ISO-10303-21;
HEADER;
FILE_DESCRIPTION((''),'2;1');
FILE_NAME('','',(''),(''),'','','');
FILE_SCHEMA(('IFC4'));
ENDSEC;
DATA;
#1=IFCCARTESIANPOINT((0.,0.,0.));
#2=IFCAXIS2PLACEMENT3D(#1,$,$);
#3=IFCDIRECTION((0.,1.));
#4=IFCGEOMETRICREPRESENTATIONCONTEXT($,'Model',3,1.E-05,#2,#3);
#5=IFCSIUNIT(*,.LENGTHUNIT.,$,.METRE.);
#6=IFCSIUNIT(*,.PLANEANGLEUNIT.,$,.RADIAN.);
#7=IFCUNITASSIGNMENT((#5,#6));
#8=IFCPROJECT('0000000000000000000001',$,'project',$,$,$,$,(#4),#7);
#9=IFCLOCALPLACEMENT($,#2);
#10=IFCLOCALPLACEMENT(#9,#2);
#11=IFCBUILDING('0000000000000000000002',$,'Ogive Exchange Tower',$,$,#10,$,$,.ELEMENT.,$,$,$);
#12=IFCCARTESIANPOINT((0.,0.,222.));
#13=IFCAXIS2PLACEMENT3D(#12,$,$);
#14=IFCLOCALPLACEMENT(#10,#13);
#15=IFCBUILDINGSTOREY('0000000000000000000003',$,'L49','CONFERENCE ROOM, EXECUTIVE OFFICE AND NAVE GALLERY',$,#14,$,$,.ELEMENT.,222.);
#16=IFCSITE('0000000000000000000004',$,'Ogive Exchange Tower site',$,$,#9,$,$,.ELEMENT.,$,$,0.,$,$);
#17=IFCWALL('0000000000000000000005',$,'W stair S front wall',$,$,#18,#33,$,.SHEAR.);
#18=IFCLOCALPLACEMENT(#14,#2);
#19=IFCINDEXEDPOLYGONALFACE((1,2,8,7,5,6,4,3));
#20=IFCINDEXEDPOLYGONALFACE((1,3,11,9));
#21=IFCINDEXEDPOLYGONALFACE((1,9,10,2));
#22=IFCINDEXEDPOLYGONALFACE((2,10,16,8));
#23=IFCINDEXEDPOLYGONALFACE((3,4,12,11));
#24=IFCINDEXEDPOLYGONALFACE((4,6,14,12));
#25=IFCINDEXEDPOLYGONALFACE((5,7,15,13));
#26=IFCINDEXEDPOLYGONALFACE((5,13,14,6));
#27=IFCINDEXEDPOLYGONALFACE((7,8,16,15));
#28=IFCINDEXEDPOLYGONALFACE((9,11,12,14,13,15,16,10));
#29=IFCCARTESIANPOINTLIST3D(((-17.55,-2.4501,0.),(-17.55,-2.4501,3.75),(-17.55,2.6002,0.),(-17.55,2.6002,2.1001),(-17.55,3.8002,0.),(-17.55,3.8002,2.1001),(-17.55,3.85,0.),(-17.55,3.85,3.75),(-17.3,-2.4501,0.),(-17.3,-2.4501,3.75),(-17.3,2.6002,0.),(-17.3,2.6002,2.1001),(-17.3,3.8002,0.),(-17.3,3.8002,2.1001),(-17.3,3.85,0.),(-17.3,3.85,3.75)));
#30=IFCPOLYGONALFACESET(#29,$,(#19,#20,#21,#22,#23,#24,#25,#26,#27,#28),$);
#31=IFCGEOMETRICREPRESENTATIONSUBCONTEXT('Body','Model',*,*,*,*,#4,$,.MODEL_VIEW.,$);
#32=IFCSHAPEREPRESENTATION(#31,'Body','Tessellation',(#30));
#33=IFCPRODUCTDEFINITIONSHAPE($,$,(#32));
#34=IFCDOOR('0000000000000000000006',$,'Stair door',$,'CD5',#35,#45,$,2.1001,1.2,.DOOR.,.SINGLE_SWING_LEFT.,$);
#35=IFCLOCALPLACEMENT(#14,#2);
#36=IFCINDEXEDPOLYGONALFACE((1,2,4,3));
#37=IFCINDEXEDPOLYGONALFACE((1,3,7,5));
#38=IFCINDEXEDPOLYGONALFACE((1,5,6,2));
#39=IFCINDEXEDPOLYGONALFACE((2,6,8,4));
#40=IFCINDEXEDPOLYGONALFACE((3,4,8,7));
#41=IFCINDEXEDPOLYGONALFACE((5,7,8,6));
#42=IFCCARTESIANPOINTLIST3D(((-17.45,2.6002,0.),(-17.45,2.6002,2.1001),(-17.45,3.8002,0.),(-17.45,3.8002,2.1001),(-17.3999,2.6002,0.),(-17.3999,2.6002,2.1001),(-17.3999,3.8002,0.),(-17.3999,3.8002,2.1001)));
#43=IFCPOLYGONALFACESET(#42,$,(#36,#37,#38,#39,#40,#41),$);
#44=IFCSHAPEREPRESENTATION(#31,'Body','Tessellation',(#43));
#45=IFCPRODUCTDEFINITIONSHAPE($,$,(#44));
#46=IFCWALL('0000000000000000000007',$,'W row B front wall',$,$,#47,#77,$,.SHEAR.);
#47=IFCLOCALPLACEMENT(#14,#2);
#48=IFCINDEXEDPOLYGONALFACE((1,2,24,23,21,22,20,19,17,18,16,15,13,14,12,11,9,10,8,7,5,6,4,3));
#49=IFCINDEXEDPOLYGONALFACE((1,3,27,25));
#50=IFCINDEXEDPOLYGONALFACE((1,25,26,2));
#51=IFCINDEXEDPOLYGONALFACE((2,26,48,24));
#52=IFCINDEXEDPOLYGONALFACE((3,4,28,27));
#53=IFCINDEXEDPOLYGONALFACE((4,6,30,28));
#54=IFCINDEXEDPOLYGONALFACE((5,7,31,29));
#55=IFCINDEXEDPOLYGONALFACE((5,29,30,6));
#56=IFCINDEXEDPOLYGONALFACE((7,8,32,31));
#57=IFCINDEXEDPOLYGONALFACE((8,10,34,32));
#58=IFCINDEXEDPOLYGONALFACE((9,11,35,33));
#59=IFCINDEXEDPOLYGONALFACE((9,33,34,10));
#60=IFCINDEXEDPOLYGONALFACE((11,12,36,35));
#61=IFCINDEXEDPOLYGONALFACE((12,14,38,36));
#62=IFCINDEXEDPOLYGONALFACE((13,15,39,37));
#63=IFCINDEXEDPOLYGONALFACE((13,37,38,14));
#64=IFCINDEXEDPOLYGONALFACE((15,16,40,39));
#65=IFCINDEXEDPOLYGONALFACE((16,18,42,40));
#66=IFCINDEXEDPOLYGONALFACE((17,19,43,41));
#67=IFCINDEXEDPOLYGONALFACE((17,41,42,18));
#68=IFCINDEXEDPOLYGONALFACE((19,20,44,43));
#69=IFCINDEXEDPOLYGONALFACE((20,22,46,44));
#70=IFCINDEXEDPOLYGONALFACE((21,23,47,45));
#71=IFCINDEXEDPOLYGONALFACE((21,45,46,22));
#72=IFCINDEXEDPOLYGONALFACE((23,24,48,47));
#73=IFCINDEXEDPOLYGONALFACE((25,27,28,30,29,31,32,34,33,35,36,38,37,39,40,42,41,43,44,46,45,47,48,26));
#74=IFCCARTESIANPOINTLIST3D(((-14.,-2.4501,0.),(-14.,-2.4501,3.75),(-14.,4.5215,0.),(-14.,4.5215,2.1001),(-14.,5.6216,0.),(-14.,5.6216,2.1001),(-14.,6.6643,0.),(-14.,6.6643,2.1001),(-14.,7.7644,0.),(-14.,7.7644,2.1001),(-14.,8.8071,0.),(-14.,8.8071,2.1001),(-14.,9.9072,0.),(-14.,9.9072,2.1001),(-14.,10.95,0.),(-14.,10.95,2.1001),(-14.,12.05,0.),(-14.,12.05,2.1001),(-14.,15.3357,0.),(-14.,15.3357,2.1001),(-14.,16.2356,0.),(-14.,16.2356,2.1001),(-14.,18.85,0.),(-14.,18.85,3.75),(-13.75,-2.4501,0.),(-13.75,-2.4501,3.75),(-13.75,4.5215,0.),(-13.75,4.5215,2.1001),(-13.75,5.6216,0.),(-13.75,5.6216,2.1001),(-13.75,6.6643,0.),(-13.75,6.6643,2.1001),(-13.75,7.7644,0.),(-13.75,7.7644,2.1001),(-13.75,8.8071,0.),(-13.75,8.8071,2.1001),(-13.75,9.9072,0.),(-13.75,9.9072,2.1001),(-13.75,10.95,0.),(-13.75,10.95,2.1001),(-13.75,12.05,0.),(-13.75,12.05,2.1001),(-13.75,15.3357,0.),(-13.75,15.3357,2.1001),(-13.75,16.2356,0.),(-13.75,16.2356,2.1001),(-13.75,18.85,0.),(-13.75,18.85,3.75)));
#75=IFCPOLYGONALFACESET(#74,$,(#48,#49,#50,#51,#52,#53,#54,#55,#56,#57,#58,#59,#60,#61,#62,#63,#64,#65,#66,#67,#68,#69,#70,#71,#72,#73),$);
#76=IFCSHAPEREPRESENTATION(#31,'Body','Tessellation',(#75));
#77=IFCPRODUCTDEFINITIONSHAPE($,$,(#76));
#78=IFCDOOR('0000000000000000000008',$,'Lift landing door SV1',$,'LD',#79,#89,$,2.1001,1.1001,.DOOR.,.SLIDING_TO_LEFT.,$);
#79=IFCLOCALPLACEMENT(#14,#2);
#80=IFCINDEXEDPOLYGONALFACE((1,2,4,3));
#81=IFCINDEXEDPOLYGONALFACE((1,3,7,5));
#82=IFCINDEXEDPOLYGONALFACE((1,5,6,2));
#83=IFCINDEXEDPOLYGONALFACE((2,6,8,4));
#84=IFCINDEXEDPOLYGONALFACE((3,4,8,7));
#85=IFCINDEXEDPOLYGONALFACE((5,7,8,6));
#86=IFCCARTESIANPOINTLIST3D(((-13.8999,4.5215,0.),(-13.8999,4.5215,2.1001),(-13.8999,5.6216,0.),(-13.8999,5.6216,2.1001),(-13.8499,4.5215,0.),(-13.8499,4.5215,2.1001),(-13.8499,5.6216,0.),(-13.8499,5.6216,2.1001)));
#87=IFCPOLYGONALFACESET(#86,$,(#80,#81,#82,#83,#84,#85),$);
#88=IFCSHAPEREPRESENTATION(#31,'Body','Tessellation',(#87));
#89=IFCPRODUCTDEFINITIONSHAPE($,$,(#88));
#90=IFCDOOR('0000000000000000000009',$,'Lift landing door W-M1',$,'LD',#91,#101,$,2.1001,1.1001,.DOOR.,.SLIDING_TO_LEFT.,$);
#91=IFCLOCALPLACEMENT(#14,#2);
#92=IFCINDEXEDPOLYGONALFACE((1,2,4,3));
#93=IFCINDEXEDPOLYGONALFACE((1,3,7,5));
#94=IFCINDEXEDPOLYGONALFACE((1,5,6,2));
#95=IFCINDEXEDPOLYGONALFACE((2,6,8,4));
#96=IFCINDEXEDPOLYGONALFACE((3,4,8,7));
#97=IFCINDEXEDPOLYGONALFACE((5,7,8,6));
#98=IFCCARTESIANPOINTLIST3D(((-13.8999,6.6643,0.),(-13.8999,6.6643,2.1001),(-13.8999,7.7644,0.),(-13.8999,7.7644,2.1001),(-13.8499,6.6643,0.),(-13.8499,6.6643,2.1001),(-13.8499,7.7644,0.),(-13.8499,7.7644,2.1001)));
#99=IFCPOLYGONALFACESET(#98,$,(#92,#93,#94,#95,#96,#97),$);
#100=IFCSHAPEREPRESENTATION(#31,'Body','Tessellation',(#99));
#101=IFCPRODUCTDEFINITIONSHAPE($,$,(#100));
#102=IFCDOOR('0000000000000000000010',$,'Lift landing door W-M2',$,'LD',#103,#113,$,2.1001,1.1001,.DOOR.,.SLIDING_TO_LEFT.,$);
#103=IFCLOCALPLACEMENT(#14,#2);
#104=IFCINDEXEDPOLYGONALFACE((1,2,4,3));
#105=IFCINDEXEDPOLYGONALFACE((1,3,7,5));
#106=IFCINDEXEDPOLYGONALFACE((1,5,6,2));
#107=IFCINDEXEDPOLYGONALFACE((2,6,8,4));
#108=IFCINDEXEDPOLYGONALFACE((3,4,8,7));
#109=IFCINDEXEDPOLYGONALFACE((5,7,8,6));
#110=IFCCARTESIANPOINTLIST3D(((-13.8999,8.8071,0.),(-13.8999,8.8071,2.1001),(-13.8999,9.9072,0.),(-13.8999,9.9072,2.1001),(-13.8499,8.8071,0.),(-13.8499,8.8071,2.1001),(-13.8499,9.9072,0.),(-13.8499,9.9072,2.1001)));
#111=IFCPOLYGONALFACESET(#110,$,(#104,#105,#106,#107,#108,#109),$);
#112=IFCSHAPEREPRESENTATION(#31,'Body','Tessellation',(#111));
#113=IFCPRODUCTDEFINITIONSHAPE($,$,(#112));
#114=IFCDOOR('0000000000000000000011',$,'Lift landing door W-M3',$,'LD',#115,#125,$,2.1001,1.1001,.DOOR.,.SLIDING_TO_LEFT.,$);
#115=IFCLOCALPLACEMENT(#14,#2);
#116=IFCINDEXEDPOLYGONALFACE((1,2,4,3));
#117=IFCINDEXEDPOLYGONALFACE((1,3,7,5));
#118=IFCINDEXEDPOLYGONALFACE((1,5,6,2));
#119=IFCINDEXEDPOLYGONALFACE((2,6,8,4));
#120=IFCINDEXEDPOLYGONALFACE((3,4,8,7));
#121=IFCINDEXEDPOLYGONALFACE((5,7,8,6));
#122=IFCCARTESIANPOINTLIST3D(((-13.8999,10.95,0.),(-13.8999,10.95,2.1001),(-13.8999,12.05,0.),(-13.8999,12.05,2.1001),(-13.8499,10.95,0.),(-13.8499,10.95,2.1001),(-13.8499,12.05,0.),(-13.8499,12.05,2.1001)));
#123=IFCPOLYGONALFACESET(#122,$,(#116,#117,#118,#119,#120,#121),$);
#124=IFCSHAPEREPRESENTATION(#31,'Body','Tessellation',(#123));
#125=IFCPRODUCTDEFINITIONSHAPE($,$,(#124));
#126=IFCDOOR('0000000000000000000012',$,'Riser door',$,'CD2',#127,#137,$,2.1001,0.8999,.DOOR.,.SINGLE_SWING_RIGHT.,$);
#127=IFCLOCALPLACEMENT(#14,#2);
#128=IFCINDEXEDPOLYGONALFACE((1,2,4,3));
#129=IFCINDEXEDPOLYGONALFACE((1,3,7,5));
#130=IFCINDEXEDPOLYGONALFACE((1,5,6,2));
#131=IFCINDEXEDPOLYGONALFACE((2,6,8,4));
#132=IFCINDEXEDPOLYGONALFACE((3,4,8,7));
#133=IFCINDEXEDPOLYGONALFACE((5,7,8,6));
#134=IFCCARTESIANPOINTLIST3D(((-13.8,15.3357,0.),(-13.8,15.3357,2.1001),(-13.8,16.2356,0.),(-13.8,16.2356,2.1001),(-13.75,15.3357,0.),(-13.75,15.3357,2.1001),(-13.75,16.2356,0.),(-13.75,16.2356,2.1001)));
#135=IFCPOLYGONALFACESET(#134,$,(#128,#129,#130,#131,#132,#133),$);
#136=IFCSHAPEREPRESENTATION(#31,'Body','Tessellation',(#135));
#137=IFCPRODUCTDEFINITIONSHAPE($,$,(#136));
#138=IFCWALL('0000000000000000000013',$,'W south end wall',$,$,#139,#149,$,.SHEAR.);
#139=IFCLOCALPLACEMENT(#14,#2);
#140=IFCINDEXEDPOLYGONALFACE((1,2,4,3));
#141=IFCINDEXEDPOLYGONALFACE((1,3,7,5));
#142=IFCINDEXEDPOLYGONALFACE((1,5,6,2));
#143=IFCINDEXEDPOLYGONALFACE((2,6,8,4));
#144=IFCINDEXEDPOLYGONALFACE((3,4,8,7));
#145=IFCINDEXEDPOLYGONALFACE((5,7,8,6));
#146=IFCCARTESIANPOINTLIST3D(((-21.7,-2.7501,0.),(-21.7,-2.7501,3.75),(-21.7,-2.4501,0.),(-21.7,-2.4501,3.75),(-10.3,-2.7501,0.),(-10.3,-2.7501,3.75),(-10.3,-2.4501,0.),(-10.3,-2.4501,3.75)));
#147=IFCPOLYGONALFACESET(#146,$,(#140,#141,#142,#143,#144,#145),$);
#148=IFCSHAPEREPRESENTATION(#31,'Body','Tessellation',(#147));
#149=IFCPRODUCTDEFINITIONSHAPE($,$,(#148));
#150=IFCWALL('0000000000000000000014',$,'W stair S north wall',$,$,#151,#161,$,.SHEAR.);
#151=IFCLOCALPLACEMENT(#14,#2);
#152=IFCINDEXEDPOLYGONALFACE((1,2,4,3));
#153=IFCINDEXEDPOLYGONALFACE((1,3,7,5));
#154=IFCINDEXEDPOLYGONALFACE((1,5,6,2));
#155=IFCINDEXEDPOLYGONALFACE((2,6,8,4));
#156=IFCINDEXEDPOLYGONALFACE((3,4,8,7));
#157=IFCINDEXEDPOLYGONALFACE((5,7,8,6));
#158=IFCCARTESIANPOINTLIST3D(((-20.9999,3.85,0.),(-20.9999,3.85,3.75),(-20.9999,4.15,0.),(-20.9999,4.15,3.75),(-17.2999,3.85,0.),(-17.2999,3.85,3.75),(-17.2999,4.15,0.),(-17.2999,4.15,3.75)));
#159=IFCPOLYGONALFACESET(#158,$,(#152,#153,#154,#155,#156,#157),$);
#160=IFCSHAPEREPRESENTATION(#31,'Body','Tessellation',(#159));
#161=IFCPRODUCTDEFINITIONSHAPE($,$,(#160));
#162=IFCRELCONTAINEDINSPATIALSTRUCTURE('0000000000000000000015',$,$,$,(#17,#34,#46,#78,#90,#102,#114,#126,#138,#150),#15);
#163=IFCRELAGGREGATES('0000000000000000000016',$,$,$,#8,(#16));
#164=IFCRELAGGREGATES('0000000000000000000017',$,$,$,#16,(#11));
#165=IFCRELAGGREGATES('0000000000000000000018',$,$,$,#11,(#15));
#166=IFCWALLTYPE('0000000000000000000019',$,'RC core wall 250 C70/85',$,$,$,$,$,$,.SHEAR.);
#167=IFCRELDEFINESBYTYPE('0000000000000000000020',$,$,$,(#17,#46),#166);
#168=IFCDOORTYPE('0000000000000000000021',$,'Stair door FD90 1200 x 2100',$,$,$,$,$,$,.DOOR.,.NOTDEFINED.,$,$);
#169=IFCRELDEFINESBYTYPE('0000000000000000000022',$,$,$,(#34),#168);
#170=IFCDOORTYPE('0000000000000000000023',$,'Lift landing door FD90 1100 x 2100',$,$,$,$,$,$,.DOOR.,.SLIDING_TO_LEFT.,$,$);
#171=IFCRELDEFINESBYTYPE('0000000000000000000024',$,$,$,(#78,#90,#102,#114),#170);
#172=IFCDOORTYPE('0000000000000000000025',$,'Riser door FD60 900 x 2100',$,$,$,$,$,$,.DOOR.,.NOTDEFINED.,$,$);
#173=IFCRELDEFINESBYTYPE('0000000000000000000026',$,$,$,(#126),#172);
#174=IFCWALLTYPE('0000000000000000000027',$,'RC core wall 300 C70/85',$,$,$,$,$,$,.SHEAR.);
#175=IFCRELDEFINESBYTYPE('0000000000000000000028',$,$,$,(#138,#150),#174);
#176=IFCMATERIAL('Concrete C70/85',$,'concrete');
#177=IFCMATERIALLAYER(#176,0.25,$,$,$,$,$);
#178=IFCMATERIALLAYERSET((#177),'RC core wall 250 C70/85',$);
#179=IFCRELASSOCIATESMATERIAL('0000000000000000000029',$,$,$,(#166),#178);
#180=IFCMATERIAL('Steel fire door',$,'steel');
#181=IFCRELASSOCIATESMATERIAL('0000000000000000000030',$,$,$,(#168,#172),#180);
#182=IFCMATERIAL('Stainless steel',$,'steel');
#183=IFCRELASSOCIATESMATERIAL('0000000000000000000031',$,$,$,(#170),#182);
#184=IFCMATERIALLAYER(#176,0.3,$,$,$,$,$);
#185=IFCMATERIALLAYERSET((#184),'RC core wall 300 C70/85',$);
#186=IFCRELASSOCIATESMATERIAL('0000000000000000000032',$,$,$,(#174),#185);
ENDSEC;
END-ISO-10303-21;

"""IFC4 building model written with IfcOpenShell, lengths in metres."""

from ifc_helpers import new_model, si_unit, direction, frame, frame_2d, origin, place, context, subcontext, project, spatial, rectangle, extrude, material, layer, layer_set, type_object, element, fill, save


model = new_model("IFC4")

# Units and contexts
model_context = context("Model", 3, precision=1e-05, world=origin(), true_north=direction((0.0, 1.0)))
body_context = subcontext(model_context, "Body", "Model", "MODEL_VIEW")
ifc_project = project(units=[si_unit("LENGTHUNIT", "METRE"), si_unit("PLANEANGLEUNIT", "RADIAN")], contexts=[model_context])

# Site, building, storey
site_placement = place(None, origin())
site = spatial("IfcSite", under=ifc_project, at=site_placement, Name="Ogive Exchange Tower site", CompositionType="ELEMENT", RefElevation=0.0)
building_placement = place(site_placement, origin())
building = spatial("IfcBuilding", under=site, at=building_placement, Name="Ogive Exchange Tower", CompositionType="ELEMENT")
storey_placement = place(building_placement, frame((0.0, 0.0, 222.0)))
storey = spatial("IfcBuildingStorey", under=building, at=storey_placement, Name="L49", Description="CONFERENCE ROOM, EXECUTIVE OFFICE AND NAVE GALLERY", CompositionType="ELEMENT", Elevation=222.0)

# Wall, opening, door
ifc_material_1 = material(Name="Concrete C70/85", Category="concrete")
ifc_layer_1 = layer(ifc_material_1, 0.25)
ifc_layer_set_1 = layer_set([ifc_layer_1], Name="RC core wall 250 C70/85")
wall_type_1 = type_object("IfcWallType", Name="RC core wall 250 C70/85", PredefinedType="SHEAR", material=ifc_layer_set_1)
wall_1_placement = place(storey_placement, frame((-17.425, -2.45, 0.0), z_axis=(0.0, 0.0, 1.0), x_axis=(0.0, 1.0, 0.0)))
wall_1 = element("IfcWall", 1, at=wall_1_placement, inside=storey, type_object=wall_type_1, Name="W stair S front wall", PredefinedType="SHEAR", context=body_context, shape_type="SweptSolid", body=[
    extrude(rectangle(XDim=6.3, YDim=0.25, at=frame_2d((3.1499, 0.0))), origin(), (0.0, 0.0, 1.0), 3.75),
])
opening_1_placement = place(wall_1_placement, frame((5.05, 0.0, 0.0)))
opening_1 = element("IfcOpeningElement", 2, at=opening_1_placement, cuts=wall_1, PredefinedType="OPENING", context=body_context, shape_type="SweptSolid", body=[
    extrude(rectangle(XDim=1.2, YDim=2.1001, at=frame_2d((0.6001, 1.05))), frame((0.0, 0.135, 0.0), z_axis=(0.0, -1.0, 0.0), x_axis=(1.0, 0.0, 0.0)), (0.0, 0.0, 1.0), 0.27),
])
ifc_material_2 = material(Name="Steel fire door", Category="steel")
door_type_1 = type_object("IfcDoorType", Name="Stair door FD90 1200 x 2100", OperationType="NOTDEFINED", PredefinedType="DOOR", material=ifc_material_2)
door_1_placement = place(opening_1_placement, origin())
door_1 = element("IfcDoor", 3, at=door_1_placement, inside=storey, type_object=door_type_1, Name="Stair door", ObjectType="CD5", OperationType="SINGLE_SWING_LEFT", OverallHeight=2.1001, OverallWidth=1.2, PredefinedType="DOOR", context=body_context, shape_type="SweptSolid", body=[
    extrude(rectangle(XDim=1.2, YDim=2.1001, at=frame_2d((0.6001, 1.05))), frame((0.0, 0.0249, 0.0), z_axis=(0.0, -1.0, 0.0), x_axis=(1.0, 0.0, 0.0)), (0.0, 0.0, 1.0), 0.05),
])
fill(opening_1, door_1)

# Wall, openings, doors
wall_2_placement = place(storey_placement, frame((-13.875, -2.45, 0.0), z_axis=(0.0, 0.0, 1.0), x_axis=(0.0, 1.0, 0.0)))
wall_2 = element("IfcWall", 4, at=wall_2_placement, inside=storey, type_object=wall_type_1, Name="W row B front wall", PredefinedType="SHEAR", context=body_context, shape_type="SweptSolid", body=[
    extrude(rectangle(XDim=21.3, YDim=0.25, at=frame_2d((10.6499, 0.0))), origin(), (0.0, 0.0, 1.0), 3.75),
])
opening_2_placement = place(wall_2_placement, frame((17.7856, 0.0, 0.0)))
opening_2 = element("IfcOpeningElement", 5, at=opening_2_placement, cuts=wall_2, PredefinedType="OPENING", context=body_context, shape_type="SweptSolid", body=[
    extrude(rectangle(XDim=0.8999, YDim=2.1001, at=frame_2d((0.45, 1.05))), frame((0.0, 0.135, 0.0), z_axis=(0.0, -1.0, 0.0), x_axis=(1.0, 0.0, 0.0)), (0.0, 0.0, 1.0), 0.27),
])
opening_3_placement = place(wall_2_placement, frame((6.9714, 0.0, 0.0)))
opening_3 = element("IfcOpeningElement", 6, at=opening_3_placement, cuts=wall_2, PredefinedType="OPENING", context=body_context, shape_type="SweptSolid", body=[
    extrude(rectangle(XDim=1.1001, YDim=2.1001, at=frame_2d((0.55, 1.05))), frame((0.0, 0.135, 0.0), z_axis=(0.0, -1.0, 0.0), x_axis=(1.0, 0.0, 0.0)), (0.0, 0.0, 1.0), 0.27),
])
opening_4_placement = place(wall_2_placement, frame((9.1143, 0.0, 0.0)))
opening_4 = element("IfcOpeningElement", 7, at=opening_4_placement, cuts=wall_2, PredefinedType="OPENING", context=body_context, shape_type="SweptSolid", body=[
    extrude(rectangle(XDim=1.1001, YDim=2.1001, at=frame_2d((0.55, 1.05))), frame((0.0, 0.135, 0.0), z_axis=(0.0, -1.0, 0.0), x_axis=(1.0, 0.0, 0.0)), (0.0, 0.0, 1.0), 0.27),
])
opening_5_placement = place(wall_2_placement, frame((11.2571, 0.0, 0.0)))
opening_5 = element("IfcOpeningElement", 8, at=opening_5_placement, cuts=wall_2, PredefinedType="OPENING", context=body_context, shape_type="SweptSolid", body=[
    extrude(rectangle(XDim=1.1001, YDim=2.1001, at=frame_2d((0.55, 1.05))), frame((0.0, 0.135, 0.0), z_axis=(0.0, -1.0, 0.0), x_axis=(1.0, 0.0, 0.0)), (0.0, 0.0, 1.0), 0.27),
])
opening_6_placement = place(wall_2_placement, frame((13.3999, 0.0, 0.0)))
opening_6 = element("IfcOpeningElement", 9, at=opening_6_placement, cuts=wall_2, PredefinedType="OPENING", context=body_context, shape_type="SweptSolid", body=[
    extrude(rectangle(XDim=1.1001, YDim=2.1001, at=frame_2d((0.55, 1.05))), frame((0.0, 0.135, 0.0), z_axis=(0.0, -1.0, 0.0), x_axis=(1.0, 0.0, 0.0)), (0.0, 0.0, 1.0), 0.27),
])
ifc_material_3 = material(Name="Stainless steel", Category="steel")
door_type_2 = type_object("IfcDoorType", Name="Lift landing door FD90 1100 x 2100", OperationType="SLIDING_TO_LEFT", PredefinedType="DOOR", material=ifc_material_3)
door_2_placement = place(opening_3_placement, origin())
door_2 = element("IfcDoor", 10, at=door_2_placement, inside=storey, type_object=door_type_2, Name="Lift landing door SV1", ObjectType="LD", OperationType="SLIDING_TO_LEFT", OverallHeight=2.1001, OverallWidth=1.1001, PredefinedType="DOOR", context=body_context, shape_type="SweptSolid", body=[
    extrude(rectangle(XDim=1.1001, YDim=2.1001, at=frame_2d((0.55, 1.05))), frame((0.0, 0.0249, 0.0), z_axis=(0.0, -1.0, 0.0), x_axis=(1.0, 0.0, 0.0)), (0.0, 0.0, 1.0), 0.05),
])
fill(opening_3, door_2)
door_3_placement = place(opening_4_placement, origin())
door_3 = element("IfcDoor", 11, at=door_3_placement, inside=storey, type_object=door_type_2, Name="Lift landing door W-M1", ObjectType="LD", OperationType="SLIDING_TO_LEFT", OverallHeight=2.1001, OverallWidth=1.1001, PredefinedType="DOOR", context=body_context, shape_type="SweptSolid", body=[
    extrude(rectangle(XDim=1.1001, YDim=2.1001, at=frame_2d((0.55, 1.05))), frame((0.0, 0.0249, 0.0), z_axis=(0.0, -1.0, 0.0), x_axis=(1.0, 0.0, 0.0)), (0.0, 0.0, 1.0), 0.05),
])
fill(opening_4, door_3)
door_4_placement = place(opening_5_placement, origin())
door_4 = element("IfcDoor", 12, at=door_4_placement, inside=storey, type_object=door_type_2, Name="Lift landing door W-M2", ObjectType="LD", OperationType="SLIDING_TO_LEFT", OverallHeight=2.1001, OverallWidth=1.1001, PredefinedType="DOOR", context=body_context, shape_type="SweptSolid", body=[
    extrude(rectangle(XDim=1.1001, YDim=2.1001, at=frame_2d((0.55, 1.05))), frame((0.0, 0.0249, 0.0), z_axis=(0.0, -1.0, 0.0), x_axis=(1.0, 0.0, 0.0)), (0.0, 0.0, 1.0), 0.05),
])
fill(opening_5, door_4)
door_5_placement = place(opening_6_placement, origin())
door_5 = element("IfcDoor", 13, at=door_5_placement, inside=storey, type_object=door_type_2, Name="Lift landing door W-M3", ObjectType="LD", OperationType="SLIDING_TO_LEFT", OverallHeight=2.1001, OverallWidth=1.1001, PredefinedType="DOOR", context=body_context, shape_type="SweptSolid", body=[
    extrude(rectangle(XDim=1.1001, YDim=2.1001, at=frame_2d((0.55, 1.05))), frame((0.0, 0.0249, 0.0), z_axis=(0.0, -1.0, 0.0), x_axis=(1.0, 0.0, 0.0)), (0.0, 0.0, 1.0), 0.05),
])
fill(opening_6, door_5)
door_type_3 = type_object("IfcDoorType", Name="Riser door FD60 900 x 2100", OperationType="NOTDEFINED", PredefinedType="DOOR", material=ifc_material_2)
door_6_placement = place(opening_2_placement, frame((0.8999, -0.2002, 0.0), z_axis=(0.0, 0.0, 1.0), x_axis=(-1.0, 0.0, 0.0)))
door_6 = element("IfcDoor", 14, at=door_6_placement, inside=storey, type_object=door_type_3, Name="Riser door", ObjectType="CD2", OperationType="SINGLE_SWING_RIGHT", OverallHeight=2.1001, OverallWidth=0.8999, PredefinedType="DOOR", context=body_context, shape_type="SweptSolid", body=[
    extrude(rectangle(XDim=0.8999, YDim=2.1001, at=frame_2d((0.45, 1.05))), frame((0.0, -0.0752, 0.0), z_axis=(0.0, -1.0, 0.0), x_axis=(1.0, 0.0, 0.0)), (0.0, 0.0, 1.0), 0.05),
])
fill(opening_2, door_6)

# Walls
ifc_layer_2 = layer(ifc_material_1, 0.3)
ifc_layer_set_2 = layer_set([ifc_layer_2], Name="RC core wall 300 C70/85")
wall_type_2 = type_object("IfcWallType", Name="RC core wall 300 C70/85", PredefinedType="SHEAR", material=ifc_layer_set_2)
wall_3_placement = place(storey_placement, frame((-21.7, -2.6001, 0.0), z_axis=(0.0, 0.0, 1.0), x_axis=(1.0, 0.0, 0.0)))
element("IfcWall", 15, at=wall_3_placement, inside=storey, type_object=wall_type_2, Name="W south end wall", PredefinedType="SHEAR", context=body_context, shape_type="SweptSolid", body=[
    extrude(rectangle(XDim=11.3999, YDim=0.3, at=frame_2d((5.7, 0.0))), origin(), (0.0, 0.0, 1.0), 3.75),
])
wall_4_placement = place(storey_placement, frame((-21.0, 4.0, 0.0), z_axis=(0.0, 0.0, 1.0), x_axis=(1.0, 0.0, 0.0)))
element("IfcWall", 16, at=wall_4_placement, inside=storey, type_object=wall_type_2, Name="W stair S north wall", PredefinedType="SHEAR", context=body_context, shape_type="SweptSolid", body=[
    extrude(rectangle(XDim=3.7, YDim=0.3, at=frame_2d((1.8501, 0.0))), origin(), (0.0, 0.0, 1.0), 3.75),
])

save(model, "model.ifc")
